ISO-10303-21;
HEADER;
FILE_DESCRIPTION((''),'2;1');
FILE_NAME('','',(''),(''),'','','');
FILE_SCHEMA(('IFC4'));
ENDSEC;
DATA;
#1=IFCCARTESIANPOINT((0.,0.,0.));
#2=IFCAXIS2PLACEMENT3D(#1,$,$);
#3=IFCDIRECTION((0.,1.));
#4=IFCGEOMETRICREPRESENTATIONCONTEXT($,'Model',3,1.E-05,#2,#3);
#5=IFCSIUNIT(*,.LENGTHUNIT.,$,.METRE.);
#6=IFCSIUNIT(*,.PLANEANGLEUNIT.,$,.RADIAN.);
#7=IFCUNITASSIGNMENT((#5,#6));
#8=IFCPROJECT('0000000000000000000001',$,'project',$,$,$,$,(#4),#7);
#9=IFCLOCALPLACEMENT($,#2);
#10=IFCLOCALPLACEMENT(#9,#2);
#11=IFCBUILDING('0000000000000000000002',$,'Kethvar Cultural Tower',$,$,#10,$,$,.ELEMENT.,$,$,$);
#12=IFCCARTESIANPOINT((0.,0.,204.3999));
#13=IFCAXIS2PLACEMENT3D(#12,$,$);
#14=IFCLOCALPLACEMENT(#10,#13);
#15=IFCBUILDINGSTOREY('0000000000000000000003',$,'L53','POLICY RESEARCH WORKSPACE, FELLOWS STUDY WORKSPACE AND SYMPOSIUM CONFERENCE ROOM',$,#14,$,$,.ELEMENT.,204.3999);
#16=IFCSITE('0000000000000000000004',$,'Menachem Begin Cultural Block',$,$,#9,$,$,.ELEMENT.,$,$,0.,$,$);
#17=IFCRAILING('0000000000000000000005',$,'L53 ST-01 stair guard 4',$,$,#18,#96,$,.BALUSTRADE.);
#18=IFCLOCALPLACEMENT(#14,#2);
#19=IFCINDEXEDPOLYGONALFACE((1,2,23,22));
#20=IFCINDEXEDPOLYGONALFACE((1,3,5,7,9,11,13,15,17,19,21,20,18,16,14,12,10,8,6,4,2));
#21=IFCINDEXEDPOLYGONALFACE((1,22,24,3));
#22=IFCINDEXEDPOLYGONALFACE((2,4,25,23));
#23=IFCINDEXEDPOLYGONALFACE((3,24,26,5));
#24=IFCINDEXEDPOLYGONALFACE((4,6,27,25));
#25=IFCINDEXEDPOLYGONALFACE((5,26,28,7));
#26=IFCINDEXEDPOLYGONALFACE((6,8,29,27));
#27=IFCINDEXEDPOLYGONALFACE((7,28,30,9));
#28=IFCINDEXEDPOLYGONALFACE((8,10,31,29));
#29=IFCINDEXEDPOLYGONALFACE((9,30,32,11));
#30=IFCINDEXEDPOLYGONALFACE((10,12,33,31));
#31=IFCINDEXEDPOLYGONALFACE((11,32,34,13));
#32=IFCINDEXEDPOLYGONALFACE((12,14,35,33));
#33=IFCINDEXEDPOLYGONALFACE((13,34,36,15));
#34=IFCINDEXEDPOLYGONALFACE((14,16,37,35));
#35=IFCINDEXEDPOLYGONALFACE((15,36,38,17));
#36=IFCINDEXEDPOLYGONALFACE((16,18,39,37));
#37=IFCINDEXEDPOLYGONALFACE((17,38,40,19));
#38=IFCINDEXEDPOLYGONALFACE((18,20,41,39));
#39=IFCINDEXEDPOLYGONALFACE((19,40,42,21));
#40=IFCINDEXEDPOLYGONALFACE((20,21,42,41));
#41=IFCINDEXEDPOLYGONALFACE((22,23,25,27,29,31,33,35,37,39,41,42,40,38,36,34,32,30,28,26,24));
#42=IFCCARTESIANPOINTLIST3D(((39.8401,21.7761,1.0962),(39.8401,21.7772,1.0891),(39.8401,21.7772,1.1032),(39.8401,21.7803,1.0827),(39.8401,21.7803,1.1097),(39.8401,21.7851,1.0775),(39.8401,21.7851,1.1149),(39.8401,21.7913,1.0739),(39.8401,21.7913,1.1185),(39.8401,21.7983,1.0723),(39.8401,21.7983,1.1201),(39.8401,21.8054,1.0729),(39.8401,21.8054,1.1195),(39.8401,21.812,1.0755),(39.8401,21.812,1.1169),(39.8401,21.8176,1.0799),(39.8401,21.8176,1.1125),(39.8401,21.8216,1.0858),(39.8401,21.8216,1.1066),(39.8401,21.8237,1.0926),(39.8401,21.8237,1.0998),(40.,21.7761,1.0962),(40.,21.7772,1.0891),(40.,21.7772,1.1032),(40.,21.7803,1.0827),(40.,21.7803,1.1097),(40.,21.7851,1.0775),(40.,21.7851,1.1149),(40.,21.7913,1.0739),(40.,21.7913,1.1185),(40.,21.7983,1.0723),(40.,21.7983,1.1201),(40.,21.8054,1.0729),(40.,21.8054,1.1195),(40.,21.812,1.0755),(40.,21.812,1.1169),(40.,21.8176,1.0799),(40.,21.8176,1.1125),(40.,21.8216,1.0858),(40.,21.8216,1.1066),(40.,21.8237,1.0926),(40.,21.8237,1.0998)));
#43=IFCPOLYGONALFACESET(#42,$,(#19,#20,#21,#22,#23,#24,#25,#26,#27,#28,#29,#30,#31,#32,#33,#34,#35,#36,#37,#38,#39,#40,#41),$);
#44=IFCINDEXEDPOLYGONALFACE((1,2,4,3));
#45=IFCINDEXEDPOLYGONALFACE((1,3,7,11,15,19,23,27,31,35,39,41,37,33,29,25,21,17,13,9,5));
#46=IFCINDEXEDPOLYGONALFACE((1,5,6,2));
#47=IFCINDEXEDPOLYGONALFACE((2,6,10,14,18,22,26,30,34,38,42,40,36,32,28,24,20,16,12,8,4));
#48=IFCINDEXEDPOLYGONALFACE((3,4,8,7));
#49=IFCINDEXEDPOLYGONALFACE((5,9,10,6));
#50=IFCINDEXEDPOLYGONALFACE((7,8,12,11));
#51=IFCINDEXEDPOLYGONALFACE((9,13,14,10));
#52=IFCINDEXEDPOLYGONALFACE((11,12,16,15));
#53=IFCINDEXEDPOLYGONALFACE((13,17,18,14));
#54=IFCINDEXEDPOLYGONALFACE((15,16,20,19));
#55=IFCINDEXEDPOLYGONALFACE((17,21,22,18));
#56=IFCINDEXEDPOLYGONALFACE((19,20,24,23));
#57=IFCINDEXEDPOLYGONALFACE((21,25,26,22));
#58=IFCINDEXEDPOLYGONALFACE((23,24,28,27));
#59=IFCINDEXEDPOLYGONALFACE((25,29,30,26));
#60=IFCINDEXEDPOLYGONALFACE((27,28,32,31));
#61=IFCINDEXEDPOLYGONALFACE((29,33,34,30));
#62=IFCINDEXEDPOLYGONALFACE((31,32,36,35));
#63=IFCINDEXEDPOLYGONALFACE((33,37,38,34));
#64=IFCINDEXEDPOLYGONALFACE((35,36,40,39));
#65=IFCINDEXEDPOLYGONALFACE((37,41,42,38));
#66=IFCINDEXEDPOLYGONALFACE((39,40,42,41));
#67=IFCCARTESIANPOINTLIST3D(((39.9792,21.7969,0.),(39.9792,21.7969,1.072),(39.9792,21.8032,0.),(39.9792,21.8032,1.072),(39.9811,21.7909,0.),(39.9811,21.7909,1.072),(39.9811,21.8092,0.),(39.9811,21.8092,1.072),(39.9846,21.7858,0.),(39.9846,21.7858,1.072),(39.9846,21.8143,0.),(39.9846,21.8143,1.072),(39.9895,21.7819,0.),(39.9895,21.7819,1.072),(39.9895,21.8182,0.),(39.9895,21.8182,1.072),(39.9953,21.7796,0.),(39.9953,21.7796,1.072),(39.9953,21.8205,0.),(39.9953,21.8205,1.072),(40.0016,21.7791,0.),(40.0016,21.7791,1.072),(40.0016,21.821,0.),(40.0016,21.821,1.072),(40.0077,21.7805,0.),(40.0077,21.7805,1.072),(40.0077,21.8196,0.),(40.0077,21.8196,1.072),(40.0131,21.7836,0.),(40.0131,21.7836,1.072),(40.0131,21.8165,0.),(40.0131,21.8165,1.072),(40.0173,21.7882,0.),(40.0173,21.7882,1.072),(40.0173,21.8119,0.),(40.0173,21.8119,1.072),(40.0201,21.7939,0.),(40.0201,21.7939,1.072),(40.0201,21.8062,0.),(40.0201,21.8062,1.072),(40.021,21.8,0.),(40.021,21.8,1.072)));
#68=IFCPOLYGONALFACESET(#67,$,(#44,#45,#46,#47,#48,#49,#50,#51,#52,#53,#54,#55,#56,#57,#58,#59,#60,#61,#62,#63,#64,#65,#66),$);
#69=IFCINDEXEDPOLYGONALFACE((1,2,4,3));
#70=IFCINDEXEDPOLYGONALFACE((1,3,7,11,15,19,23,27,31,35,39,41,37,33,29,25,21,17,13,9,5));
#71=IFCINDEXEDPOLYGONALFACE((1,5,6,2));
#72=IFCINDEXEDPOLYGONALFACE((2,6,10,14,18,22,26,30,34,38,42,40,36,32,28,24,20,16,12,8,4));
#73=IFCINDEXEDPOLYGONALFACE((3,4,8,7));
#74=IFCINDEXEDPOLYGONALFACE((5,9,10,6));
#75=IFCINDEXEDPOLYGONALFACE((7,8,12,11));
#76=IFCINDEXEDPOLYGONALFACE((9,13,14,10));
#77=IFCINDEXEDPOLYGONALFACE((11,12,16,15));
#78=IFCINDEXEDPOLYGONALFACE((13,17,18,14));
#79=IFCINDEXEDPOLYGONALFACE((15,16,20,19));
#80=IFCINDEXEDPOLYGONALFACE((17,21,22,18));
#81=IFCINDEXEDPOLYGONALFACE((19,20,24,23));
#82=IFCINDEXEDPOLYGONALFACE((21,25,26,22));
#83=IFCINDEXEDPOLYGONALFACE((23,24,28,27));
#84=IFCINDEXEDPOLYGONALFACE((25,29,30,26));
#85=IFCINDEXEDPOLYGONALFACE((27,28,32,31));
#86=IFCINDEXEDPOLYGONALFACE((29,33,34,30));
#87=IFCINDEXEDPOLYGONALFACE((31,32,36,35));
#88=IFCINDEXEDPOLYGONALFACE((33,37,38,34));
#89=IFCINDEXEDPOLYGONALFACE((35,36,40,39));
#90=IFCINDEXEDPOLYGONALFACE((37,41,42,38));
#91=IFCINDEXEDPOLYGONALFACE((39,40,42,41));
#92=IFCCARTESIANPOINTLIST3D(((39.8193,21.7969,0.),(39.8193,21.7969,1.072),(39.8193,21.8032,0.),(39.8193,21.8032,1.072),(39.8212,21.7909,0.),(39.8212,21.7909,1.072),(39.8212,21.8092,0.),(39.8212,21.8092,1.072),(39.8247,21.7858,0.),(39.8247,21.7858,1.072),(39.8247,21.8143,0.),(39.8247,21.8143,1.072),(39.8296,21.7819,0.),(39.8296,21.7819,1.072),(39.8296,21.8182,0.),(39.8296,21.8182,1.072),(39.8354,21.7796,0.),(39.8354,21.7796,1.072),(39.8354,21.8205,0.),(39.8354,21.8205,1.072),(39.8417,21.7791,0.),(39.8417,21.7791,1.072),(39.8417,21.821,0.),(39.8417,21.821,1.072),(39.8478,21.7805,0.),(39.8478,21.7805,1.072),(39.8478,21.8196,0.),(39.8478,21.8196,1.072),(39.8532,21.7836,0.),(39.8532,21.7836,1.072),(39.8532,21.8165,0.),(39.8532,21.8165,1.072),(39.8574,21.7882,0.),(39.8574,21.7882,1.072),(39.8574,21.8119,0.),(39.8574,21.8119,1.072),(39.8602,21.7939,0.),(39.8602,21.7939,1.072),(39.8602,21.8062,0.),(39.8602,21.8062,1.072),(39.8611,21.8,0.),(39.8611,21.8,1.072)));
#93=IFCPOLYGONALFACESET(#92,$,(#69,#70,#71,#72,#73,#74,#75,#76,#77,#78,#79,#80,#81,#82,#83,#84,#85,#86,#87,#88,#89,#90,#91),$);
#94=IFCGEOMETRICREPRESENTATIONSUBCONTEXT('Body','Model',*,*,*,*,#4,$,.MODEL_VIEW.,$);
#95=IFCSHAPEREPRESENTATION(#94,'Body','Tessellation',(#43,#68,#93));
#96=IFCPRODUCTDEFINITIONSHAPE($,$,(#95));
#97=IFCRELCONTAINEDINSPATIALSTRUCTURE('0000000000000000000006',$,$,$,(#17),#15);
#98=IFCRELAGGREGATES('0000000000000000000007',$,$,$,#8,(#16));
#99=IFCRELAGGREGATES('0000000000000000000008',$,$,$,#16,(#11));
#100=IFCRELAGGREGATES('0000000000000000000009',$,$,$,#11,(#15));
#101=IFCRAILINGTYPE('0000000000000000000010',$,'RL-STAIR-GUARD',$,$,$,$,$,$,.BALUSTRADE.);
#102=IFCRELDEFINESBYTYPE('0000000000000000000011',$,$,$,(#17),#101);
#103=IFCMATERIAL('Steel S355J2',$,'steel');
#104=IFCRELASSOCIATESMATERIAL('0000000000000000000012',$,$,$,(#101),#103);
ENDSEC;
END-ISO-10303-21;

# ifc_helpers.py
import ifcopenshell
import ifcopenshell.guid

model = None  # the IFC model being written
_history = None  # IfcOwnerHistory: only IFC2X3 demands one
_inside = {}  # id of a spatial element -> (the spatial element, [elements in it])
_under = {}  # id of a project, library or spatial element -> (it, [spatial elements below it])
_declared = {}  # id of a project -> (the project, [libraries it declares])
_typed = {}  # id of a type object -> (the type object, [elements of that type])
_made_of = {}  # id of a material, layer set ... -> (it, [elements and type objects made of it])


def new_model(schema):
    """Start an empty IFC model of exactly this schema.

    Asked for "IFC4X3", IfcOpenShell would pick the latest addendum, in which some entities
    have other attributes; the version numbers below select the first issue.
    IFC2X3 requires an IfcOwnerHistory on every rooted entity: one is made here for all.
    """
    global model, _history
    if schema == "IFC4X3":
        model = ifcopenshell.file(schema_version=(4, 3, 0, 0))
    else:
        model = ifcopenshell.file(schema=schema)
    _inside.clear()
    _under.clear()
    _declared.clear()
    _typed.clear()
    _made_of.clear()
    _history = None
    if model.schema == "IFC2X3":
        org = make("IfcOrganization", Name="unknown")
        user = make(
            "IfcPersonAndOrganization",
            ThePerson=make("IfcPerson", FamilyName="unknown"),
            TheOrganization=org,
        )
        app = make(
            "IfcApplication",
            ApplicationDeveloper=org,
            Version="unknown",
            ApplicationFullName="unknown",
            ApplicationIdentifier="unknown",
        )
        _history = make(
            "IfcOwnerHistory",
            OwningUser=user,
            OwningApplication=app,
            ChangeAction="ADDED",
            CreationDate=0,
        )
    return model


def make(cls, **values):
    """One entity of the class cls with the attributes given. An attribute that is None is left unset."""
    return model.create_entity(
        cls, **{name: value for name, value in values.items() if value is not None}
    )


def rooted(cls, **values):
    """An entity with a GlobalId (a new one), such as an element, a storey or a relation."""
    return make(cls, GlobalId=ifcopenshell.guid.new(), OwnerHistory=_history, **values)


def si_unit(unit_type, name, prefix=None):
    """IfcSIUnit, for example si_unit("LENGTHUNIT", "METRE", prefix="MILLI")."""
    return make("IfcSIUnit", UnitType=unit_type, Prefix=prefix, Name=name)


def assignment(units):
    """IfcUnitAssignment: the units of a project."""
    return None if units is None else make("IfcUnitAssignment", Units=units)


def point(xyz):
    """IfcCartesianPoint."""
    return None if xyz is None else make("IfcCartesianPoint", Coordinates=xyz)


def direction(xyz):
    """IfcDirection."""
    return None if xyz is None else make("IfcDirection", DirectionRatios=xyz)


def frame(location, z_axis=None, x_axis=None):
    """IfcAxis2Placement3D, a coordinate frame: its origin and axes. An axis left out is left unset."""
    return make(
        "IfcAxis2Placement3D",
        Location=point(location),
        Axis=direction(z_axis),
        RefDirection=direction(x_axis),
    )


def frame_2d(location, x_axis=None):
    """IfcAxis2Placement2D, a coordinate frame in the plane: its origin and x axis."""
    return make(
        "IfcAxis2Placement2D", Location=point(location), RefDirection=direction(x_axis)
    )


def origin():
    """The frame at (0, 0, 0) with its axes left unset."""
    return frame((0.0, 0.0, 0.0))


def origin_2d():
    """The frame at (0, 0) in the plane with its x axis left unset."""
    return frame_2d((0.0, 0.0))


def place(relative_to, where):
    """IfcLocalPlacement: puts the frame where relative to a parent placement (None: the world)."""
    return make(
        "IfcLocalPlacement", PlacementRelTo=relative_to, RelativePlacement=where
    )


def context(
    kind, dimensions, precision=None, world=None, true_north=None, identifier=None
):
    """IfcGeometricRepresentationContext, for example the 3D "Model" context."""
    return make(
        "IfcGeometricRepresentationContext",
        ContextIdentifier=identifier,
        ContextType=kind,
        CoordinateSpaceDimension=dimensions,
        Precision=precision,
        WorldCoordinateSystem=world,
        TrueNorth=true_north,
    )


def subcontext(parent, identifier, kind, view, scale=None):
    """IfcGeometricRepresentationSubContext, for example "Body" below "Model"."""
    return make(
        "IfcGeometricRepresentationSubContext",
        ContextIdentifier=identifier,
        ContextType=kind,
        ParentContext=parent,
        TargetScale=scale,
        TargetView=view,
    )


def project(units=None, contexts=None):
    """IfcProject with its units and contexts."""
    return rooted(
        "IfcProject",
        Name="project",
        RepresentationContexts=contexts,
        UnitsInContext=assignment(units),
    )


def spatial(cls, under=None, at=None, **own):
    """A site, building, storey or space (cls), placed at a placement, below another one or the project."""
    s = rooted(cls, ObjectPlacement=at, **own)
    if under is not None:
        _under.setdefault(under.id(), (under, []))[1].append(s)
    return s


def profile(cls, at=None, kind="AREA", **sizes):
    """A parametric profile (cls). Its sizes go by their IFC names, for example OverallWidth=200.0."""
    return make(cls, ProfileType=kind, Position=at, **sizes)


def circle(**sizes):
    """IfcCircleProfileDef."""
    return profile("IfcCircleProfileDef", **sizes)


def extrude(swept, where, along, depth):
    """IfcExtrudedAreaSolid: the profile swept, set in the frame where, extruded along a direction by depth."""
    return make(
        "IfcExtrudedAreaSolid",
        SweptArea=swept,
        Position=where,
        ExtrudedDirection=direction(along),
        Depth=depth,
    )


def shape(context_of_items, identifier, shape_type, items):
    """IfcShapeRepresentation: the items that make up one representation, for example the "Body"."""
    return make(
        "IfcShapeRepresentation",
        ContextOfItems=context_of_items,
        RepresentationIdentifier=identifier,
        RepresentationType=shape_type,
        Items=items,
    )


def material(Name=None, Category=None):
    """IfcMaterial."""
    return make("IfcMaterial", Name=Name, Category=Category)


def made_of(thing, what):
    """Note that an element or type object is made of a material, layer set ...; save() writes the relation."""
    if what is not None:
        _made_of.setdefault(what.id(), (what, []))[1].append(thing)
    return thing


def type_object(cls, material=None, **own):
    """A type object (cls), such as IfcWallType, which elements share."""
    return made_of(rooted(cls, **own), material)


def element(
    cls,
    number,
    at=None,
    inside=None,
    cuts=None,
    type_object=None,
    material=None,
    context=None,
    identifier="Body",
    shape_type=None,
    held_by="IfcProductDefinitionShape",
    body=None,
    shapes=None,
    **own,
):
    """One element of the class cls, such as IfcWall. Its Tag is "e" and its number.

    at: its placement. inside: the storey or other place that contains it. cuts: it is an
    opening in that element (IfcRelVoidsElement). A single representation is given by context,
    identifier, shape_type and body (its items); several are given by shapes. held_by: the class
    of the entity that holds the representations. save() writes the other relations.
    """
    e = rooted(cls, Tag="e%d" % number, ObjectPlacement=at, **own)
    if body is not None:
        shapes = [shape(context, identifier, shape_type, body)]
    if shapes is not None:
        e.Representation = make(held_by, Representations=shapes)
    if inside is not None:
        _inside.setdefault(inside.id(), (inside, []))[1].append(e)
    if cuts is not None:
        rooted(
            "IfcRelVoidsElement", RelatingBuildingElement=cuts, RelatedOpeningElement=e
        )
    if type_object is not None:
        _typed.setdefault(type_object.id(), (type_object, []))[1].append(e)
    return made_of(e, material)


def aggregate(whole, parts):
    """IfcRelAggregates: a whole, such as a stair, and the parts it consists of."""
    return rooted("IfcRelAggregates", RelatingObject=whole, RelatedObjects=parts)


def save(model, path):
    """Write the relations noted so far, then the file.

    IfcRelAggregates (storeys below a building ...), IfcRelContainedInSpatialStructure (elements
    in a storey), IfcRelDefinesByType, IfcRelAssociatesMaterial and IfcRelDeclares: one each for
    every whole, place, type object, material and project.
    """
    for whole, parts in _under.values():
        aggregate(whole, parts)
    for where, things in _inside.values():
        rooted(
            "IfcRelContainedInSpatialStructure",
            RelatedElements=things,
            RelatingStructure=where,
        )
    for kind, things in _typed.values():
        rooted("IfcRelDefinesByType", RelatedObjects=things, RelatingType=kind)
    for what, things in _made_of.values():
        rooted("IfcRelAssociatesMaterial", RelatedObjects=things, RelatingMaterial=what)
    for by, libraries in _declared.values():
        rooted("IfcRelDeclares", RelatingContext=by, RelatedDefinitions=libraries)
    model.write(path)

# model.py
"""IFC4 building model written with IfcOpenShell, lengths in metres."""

from ifc_helpers import new_model, si_unit, direction, frame, origin, origin_2d, place, context, subcontext, project, spatial, circle, extrude, material, type_object, element, save


model = new_model("IFC4")

# Units and contexts
model_context = context("Model", 3, precision=1e-05, world=origin(), true_north=direction((0.0, 1.0)))
body_context = subcontext(model_context, "Body", "Model", "MODEL_VIEW")
ifc_project = project(units=[si_unit("LENGTHUNIT", "METRE"), si_unit("PLANEANGLEUNIT", "RADIAN")], contexts=[model_context])

# Site, building, storey
site_placement = place(None, origin())
site = spatial("IfcSite", under=ifc_project, at=site_placement, Name="Menachem Begin Cultural Block", CompositionType="ELEMENT", RefElevation=0.0)
building_placement = place(site_placement, origin())
building = spatial("IfcBuilding", under=site, at=building_placement, Name="Kethvar Cultural Tower", CompositionType="ELEMENT")
storey_placement = place(building_placement, frame((0.0, 0.0, 204.3999)))
storey = spatial("IfcBuildingStorey", under=building, at=storey_placement, Name="L53", Description="POLICY RESEARCH WORKSPACE, FELLOWS STUDY WORKSPACE AND SYMPOSIUM CONFERENCE ROOM", CompositionType="ELEMENT", Elevation=204.3999)

# Shared definitions
ifc_material_1 = material(Name="Steel S355J2", Category="steel")

# Railing
railing_type_1 = type_object("IfcRailingType", Name="RL-STAIR-GUARD", PredefinedType="BALUSTRADE", material=ifc_material_1)
railing_1_placement = place(storey_placement, frame((40.0, 21.8, 0.0)))
element("IfcRailing", 1, at=railing_1_placement, inside=storey, type_object=railing_type_1, Name="L53 ST-01 stair guard 4", PredefinedType="BALUSTRADE", context=body_context, shape_type="SweptSolid", body=[
    extrude(circle(Radius=0.0239, at=origin_2d()), frame((0.0, 0.0, 1.0962), z_axis=(-1.0, 0.0, 0.0), x_axis=(0.0, -1.0, 0.0)), (0.0, 0.0, 1.0), 0.1599),
    extrude(circle(Radius=0.021, at=origin_2d()), origin(), (0.0, 0.0, 1.0), 1.072),
    extrude(circle(Radius=0.021, at=origin_2d()), frame((-0.1599, 0.0, 0.0)), (0.0, 0.0, 1.0), 1.072),
])

save(model, "model.ifc")
